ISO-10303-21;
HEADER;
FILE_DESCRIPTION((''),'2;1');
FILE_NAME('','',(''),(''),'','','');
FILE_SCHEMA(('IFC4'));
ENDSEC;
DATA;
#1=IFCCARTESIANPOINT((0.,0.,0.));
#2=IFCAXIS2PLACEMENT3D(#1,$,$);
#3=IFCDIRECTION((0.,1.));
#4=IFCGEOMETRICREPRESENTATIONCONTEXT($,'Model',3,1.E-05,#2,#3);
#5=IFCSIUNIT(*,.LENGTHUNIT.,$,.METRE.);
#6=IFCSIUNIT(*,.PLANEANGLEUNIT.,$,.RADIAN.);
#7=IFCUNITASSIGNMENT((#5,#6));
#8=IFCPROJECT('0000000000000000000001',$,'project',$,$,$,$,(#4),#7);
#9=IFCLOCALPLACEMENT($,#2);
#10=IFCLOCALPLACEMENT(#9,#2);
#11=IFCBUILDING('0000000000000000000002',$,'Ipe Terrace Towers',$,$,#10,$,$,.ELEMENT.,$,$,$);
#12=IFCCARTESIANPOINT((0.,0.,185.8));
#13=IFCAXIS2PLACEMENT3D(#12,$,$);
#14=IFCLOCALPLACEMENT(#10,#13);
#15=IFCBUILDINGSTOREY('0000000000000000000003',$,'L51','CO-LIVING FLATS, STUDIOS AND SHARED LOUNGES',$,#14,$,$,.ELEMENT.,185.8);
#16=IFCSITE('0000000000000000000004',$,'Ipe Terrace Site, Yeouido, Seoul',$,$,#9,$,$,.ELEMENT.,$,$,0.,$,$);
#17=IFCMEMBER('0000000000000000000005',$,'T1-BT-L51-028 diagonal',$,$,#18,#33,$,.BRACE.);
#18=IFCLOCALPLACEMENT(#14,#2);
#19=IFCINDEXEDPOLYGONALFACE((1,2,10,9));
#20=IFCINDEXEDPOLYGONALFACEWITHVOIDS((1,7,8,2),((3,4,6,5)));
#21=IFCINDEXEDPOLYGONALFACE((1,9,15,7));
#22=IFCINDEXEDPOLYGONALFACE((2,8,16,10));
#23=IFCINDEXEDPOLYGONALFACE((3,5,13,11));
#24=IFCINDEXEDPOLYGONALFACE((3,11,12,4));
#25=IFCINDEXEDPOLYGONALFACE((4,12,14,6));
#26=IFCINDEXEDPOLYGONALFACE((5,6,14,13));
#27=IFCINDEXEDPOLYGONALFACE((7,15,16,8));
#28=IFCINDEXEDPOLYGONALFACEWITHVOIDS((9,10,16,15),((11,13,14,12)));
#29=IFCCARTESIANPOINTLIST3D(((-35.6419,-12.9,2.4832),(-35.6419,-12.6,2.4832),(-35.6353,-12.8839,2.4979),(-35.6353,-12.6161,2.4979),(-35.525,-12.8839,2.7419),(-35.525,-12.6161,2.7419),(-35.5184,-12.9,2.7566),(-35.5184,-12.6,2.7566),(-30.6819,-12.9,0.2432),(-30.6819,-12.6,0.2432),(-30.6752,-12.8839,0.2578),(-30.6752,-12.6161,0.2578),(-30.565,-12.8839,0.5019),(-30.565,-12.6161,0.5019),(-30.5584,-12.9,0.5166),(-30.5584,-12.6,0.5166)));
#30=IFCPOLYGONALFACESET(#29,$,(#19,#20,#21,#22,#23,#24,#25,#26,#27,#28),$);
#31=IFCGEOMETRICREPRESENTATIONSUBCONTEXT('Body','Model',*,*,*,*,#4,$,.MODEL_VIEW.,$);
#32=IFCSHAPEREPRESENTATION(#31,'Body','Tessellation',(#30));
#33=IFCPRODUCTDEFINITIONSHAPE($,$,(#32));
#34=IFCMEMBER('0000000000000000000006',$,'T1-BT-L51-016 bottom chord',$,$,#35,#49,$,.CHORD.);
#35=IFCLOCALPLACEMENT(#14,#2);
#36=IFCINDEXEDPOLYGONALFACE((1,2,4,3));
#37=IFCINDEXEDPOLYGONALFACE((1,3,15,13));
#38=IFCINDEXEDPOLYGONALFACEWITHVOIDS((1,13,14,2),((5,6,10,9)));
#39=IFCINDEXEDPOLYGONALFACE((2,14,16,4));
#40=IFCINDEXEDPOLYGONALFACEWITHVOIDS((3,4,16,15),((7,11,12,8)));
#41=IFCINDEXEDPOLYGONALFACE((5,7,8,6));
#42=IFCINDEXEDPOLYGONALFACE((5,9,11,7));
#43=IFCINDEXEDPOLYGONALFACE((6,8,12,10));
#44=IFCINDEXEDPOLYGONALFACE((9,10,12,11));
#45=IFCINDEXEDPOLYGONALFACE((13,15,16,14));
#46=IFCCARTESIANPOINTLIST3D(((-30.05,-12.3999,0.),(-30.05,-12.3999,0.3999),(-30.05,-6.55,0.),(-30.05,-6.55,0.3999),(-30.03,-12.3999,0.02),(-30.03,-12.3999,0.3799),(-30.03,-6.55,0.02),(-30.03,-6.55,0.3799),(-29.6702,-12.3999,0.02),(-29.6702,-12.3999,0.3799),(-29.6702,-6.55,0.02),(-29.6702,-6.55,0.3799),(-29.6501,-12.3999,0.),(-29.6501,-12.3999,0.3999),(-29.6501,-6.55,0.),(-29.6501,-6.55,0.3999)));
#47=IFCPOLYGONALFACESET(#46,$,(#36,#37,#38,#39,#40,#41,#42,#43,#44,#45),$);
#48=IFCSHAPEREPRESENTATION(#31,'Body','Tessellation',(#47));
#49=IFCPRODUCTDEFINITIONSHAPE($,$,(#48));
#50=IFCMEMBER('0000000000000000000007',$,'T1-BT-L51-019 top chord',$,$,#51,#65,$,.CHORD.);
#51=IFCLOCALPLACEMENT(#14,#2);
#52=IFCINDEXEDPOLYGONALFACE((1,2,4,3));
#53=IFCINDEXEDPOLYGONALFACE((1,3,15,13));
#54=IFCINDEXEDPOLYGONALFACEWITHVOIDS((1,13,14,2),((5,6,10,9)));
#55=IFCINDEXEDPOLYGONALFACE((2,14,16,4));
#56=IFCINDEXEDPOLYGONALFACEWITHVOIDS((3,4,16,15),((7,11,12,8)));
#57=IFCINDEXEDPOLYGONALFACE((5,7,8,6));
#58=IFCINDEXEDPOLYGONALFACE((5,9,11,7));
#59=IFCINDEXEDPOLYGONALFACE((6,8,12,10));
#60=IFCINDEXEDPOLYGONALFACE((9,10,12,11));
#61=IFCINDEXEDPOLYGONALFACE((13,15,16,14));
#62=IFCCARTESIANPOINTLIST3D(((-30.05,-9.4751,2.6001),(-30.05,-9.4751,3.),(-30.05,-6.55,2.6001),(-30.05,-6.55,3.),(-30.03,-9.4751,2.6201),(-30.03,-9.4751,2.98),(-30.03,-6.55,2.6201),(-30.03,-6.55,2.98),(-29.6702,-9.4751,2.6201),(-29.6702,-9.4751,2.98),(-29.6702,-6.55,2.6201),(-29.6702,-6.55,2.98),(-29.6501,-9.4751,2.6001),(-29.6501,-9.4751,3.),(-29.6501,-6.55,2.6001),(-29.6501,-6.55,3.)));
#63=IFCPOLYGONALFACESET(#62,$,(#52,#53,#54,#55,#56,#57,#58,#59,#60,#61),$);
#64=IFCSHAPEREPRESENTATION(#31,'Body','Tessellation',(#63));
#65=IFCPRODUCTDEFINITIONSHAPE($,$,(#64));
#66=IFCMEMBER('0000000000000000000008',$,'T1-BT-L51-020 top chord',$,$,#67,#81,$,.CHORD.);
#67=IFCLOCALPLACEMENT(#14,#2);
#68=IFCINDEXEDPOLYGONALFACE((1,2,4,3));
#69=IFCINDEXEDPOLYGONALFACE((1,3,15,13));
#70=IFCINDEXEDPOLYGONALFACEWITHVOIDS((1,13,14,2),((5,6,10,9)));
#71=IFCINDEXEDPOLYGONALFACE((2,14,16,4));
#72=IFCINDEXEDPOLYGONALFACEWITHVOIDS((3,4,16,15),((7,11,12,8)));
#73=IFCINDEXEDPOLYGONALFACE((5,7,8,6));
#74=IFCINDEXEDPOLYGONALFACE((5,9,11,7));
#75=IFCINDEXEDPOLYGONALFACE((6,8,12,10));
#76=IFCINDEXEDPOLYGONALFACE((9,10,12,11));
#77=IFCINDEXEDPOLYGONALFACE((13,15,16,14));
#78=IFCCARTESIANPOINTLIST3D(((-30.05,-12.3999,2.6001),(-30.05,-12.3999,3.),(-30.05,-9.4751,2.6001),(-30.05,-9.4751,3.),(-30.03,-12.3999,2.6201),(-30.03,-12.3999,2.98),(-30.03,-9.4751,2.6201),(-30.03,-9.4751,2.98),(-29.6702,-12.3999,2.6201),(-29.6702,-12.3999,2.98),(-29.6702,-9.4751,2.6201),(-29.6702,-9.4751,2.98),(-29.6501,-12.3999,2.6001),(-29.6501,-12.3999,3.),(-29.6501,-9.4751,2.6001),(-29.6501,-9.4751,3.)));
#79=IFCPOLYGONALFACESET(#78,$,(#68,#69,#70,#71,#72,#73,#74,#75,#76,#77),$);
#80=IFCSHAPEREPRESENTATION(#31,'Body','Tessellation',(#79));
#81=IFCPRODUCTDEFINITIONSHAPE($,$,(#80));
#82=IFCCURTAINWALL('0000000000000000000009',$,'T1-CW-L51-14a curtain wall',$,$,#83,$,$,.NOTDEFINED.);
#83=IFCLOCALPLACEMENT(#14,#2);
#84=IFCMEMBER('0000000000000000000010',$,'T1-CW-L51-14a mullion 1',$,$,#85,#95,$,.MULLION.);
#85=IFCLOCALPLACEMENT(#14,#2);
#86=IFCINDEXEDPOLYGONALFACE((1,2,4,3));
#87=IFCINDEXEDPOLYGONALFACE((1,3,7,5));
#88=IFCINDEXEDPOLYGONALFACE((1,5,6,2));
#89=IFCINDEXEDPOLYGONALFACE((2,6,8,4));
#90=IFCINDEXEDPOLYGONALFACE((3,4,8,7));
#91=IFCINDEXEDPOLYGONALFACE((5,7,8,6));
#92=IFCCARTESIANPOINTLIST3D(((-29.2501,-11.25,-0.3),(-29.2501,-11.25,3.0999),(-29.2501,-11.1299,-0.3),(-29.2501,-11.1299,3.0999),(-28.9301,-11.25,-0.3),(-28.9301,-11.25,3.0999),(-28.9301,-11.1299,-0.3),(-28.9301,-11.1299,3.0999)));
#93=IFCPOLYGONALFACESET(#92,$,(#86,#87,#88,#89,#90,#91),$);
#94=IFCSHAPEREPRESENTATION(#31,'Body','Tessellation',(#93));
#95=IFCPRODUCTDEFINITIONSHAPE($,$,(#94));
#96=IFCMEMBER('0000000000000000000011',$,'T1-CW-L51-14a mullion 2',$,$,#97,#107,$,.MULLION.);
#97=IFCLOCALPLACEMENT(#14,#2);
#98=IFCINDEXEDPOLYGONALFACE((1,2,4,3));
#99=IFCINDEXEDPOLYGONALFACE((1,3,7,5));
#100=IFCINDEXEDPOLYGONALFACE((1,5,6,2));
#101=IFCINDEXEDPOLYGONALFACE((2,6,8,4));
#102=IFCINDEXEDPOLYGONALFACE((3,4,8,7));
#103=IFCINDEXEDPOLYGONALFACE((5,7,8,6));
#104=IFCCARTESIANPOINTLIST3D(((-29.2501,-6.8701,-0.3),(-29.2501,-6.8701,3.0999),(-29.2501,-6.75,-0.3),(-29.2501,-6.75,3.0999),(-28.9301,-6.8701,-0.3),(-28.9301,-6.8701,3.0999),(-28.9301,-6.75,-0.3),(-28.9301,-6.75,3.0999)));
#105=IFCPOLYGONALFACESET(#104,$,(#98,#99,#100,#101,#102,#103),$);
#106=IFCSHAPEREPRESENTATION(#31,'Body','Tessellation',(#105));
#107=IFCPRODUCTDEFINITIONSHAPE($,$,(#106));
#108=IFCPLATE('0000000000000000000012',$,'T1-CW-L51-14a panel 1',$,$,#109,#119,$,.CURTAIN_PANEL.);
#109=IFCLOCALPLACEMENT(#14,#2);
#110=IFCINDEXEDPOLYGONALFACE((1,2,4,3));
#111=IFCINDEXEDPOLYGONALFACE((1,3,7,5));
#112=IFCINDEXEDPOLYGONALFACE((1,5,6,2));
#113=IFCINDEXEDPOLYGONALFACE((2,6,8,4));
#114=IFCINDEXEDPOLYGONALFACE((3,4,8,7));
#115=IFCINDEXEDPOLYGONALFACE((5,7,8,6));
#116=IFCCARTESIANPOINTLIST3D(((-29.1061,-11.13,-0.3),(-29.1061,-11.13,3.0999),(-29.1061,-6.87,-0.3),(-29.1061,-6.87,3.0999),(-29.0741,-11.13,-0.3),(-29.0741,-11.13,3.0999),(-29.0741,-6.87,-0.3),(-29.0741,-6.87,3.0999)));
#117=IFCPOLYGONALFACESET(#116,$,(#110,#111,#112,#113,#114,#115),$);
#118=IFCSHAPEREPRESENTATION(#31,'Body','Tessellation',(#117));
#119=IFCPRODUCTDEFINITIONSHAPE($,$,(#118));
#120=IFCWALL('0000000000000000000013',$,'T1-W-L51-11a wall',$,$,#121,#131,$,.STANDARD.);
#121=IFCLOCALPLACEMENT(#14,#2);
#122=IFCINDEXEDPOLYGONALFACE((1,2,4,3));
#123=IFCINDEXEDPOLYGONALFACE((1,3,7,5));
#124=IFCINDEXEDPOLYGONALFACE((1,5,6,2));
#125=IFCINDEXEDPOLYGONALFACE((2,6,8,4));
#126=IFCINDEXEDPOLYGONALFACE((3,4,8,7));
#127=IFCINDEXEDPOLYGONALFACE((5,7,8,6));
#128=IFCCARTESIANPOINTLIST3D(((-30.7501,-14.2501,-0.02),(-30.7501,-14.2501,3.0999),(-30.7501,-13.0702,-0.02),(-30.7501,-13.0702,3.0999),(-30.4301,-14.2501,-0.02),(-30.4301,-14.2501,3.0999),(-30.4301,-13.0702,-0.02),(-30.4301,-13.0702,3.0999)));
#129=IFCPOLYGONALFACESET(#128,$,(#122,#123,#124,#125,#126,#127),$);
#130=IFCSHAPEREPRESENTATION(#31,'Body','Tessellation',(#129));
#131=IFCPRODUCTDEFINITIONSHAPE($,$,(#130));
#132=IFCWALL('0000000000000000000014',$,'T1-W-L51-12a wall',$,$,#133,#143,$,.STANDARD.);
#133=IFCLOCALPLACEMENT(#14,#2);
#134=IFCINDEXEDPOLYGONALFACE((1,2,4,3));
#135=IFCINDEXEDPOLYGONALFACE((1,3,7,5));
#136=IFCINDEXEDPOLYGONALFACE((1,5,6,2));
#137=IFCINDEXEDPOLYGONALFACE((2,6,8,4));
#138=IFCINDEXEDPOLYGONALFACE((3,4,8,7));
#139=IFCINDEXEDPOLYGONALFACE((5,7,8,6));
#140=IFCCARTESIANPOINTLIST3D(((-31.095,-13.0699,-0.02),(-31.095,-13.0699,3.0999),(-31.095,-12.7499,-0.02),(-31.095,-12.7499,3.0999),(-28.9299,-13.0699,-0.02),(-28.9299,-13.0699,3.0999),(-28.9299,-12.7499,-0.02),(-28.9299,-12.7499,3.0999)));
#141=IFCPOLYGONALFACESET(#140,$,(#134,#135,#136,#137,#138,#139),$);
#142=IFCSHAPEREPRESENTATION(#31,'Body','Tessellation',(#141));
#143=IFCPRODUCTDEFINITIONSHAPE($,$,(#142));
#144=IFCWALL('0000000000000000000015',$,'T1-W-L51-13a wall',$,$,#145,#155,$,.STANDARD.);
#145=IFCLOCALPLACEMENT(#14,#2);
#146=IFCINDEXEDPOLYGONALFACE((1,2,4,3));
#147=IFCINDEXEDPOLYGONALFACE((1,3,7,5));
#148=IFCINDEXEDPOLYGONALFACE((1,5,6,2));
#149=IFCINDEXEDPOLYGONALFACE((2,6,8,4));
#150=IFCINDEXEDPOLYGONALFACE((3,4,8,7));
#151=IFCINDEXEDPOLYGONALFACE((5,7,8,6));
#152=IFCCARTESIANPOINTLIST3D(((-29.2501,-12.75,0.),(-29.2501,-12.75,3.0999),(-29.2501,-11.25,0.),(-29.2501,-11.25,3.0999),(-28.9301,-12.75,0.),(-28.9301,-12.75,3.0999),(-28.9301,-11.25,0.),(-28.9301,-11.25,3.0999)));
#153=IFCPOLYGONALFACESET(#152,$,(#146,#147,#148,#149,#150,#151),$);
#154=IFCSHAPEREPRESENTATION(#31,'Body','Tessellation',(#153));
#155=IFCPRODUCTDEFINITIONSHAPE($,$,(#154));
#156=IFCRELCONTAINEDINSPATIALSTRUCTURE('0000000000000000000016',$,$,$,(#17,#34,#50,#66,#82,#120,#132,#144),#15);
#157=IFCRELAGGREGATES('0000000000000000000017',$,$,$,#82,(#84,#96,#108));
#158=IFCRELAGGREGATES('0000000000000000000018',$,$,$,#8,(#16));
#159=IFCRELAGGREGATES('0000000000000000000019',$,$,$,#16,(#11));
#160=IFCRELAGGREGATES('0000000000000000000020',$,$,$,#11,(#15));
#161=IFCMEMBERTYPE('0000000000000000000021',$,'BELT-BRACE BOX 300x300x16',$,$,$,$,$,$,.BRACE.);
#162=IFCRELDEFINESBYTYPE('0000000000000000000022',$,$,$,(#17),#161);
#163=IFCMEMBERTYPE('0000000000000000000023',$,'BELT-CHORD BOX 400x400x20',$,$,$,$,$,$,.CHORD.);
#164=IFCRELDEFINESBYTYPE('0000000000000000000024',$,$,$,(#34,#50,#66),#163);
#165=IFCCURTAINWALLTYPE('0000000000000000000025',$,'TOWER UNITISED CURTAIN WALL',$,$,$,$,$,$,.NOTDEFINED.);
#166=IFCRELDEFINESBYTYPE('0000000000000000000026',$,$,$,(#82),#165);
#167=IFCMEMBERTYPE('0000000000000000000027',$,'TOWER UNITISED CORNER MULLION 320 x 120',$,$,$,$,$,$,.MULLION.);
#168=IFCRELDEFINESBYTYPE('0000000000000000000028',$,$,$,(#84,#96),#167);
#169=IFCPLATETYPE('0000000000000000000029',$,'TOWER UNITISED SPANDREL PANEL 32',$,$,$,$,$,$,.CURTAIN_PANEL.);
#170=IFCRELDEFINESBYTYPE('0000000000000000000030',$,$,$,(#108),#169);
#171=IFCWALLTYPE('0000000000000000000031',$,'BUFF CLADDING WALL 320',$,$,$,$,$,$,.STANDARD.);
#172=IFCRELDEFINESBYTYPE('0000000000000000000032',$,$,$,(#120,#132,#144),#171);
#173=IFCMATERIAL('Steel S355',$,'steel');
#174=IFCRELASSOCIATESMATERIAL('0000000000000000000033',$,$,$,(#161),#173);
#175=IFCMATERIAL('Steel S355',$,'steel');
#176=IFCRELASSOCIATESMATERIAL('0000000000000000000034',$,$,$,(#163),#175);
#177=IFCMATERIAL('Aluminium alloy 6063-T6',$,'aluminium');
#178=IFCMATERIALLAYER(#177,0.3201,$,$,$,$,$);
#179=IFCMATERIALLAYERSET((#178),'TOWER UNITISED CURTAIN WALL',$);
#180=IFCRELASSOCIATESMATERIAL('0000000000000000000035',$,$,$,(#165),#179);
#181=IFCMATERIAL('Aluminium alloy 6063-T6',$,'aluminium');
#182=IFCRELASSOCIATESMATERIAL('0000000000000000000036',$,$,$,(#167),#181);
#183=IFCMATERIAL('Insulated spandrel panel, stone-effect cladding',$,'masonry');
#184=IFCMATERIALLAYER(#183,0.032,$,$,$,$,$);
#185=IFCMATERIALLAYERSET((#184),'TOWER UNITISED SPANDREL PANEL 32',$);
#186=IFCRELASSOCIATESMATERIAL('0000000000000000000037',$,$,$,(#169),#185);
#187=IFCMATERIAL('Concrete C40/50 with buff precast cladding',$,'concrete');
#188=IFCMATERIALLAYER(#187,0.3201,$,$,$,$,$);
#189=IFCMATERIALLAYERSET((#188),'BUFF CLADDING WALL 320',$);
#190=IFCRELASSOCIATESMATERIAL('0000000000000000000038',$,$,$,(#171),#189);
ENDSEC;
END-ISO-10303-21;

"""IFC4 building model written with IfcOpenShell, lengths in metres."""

from ifc_helpers import new_model, si_unit, direction, frame, frame_2d, origin, origin_2d, place, context, subcontext, project, spatial, rectangle, hollow_rectangle, extrude, material, layer, layer_set, material_profile, profile_set, type_object, element, aggregate, save


model = new_model("IFC4")

# Units and contexts
model_context = context("Model", 3, precision=1e-05, world=origin(), true_north=direction((0.0, 1.0)))
body_context = subcontext(model_context, "Body", "Model", "MODEL_VIEW")
ifc_project = project(units=[si_unit("LENGTHUNIT", "METRE"), si_unit("PLANEANGLEUNIT", "RADIAN")], contexts=[model_context])

# Site, building, storey
site_placement = place(None, origin())
site = spatial("IfcSite", under=ifc_project, at=site_placement, Name="Ipe Terrace Site, Yeouido, Seoul", CompositionType="ELEMENT", RefElevation=0.0)
building_placement = place(site_placement, origin())
building = spatial("IfcBuilding", under=site, at=building_placement, Name="Ipe Terrace Towers", CompositionType="ELEMENT")
storey_placement = place(building_placement, frame((0.0, 0.0, 185.8)))
storey = spatial("IfcBuildingStorey", under=building, at=storey_placement, Name="L51", Description="CO-LIVING FLATS, STUDIOS AND SHARED LOUNGES", CompositionType="ELEMENT", Elevation=185.8)

# Members
ifc_material_1 = material(Name="Steel S355", Category="steel")
ifc_material_profile_1 = material_profile(ifc_material_1, hollow_rectangle(XDim=0.3, YDim=0.3, WallThickness=0.0161, at=origin_2d()), Name="BELT-BRACE BOX 300x300x16")
ifc_profile_set_1 = profile_set([ifc_material_profile_1], Name="Steel S355")
member_type_1 = type_object("IfcMemberType", Name="BELT-BRACE BOX 300x300x16", PredefinedType="BRACE", material=ifc_profile_set_1)
member_1_placement = place(storey_placement, frame((-30.6201, -12.75, 0.3799), z_axis=(-0.91137, 0.0, 0.411588), x_axis=(0.0, -1.0, 0.0)))
element("IfcMember", 1, at=member_1_placement, inside=storey, type_object=member_type_1, Name="T1-BT-L51-028 diagonal", PredefinedType="BRACE", context=body_context, shape_type="SweptSolid", body=[
    extrude(hollow_rectangle(XDim=0.3, YDim=0.3, WallThickness=0.0161, at=origin_2d()), origin(), (0.0, 0.0, 1.0), 5.4424),
])
ifc_material_2 = material(Name="Steel S355", Category="steel")
ifc_material_profile_2 = material_profile(ifc_material_2, hollow_rectangle(XDim=0.3999, YDim=0.3999, WallThickness=0.02, at=origin_2d()), Name="BELT-CHORD BOX 400x400x20")
ifc_profile_set_2 = profile_set([ifc_material_profile_2], Name="Steel S355")
member_type_2 = type_object("IfcMemberType", Name="BELT-CHORD BOX 400x400x20", PredefinedType="CHORD", material=ifc_profile_set_2)
member_2_placement = place(storey_placement, frame((-29.8501, -6.55, 0.2), z_axis=(0.0, -1.0, 0.0), x_axis=(1.0, 0.0, 0.0)))
element("IfcMember", 2, at=member_2_placement, inside=storey, type_object=member_type_2, Name="T1-BT-L51-016 bottom chord", PredefinedType="CHORD", context=body_context, shape_type="SweptSolid", body=[
    extrude(hollow_rectangle(XDim=0.3999, YDim=0.3999, WallThickness=0.02, at=origin_2d()), origin(), (0.0, 0.0, 1.0), 5.8499),
])
member_3_placement = place(storey_placement, frame((-29.8501, -6.55, 2.8), z_axis=(0.0, -1.0, 0.0), x_axis=(1.0, 0.0, 0.0)))
element("IfcMember", 3, at=member_3_placement, inside=storey, type_object=member_type_2, Name="T1-BT-L51-019 top chord", PredefinedType="CHORD", context=body_context, shape_type="SweptSolid", body=[
    extrude(hollow_rectangle(XDim=0.3999, YDim=0.3999, WallThickness=0.02, at=origin_2d()), origin(), (0.0, 0.0, 1.0), 2.925),
])
member_4_placement = place(storey_placement, frame((-29.8501, -9.4751, 2.8), z_axis=(0.0, -1.0, 0.0), x_axis=(1.0, 0.0, 0.0)))
element("IfcMember", 4, at=member_4_placement, inside=storey, type_object=member_type_2, Name="T1-BT-L51-020 top chord", PredefinedType="CHORD", context=body_context, shape_type="SweptSolid", body=[
    extrude(hollow_rectangle(XDim=0.3999, YDim=0.3999, WallThickness=0.02, at=origin_2d()), origin(), (0.0, 0.0, 1.0), 2.9248),
])

# Curtain wall, members, plate
ifc_material_3 = material(Name="Aluminium alloy 6063-T6", Category="aluminium")
ifc_layer_1 = layer(ifc_material_3, 0.3201)
ifc_layer_set_1 = layer_set([ifc_layer_1], Name="TOWER UNITISED CURTAIN WALL")
curtain_wall_type = type_object("IfcCurtainWallType", Name="TOWER UNITISED CURTAIN WALL", PredefinedType="NOTDEFINED", material=ifc_layer_set_1)
curtain_wall_placement = place(storey_placement, origin())
curtain_wall = element("IfcCurtainWall", 5, at=curtain_wall_placement, inside=storey, type_object=curtain_wall_type, Name="T1-CW-L51-14a curtain wall", PredefinedType="NOTDEFINED")
ifc_material_4 = material(Name="Aluminium alloy 6063-T6", Category="aluminium")
ifc_material_profile_3 = material_profile(ifc_material_4, rectangle(XDim=0.3201, YDim=0.1201, at=origin_2d()), Name="TOWER UNITISED CORNER MULLION 320 x 120")
ifc_profile_set_3 = profile_set([ifc_material_profile_3], Name="Aluminium alloy 6063-T6")
member_type_3 = type_object("IfcMemberType", Name="TOWER UNITISED CORNER MULLION 320 x 120", PredefinedType="MULLION", material=ifc_profile_set_3)
member_5_placement = place(storey_placement, frame((-29.0901, -11.1899, -0.3), z_axis=(0.0, 0.0, 1.0), x_axis=(1.0, 0.0, 0.0)))
member_5 = element("IfcMember", 6, at=member_5_placement, type_object=member_type_3, Name="T1-CW-L51-14a mullion 1", PredefinedType="MULLION", context=body_context, shape_type="SweptSolid", body=[
    extrude(rectangle(XDim=0.3201, YDim=0.1201, at=origin_2d()), origin(), (0.0, 0.0, 1.0), 3.3999),
])
member_6_placement = place(storey_placement, frame((-29.0901, -6.8101, -0.3), z_axis=(0.0, 0.0, 1.0), x_axis=(1.0, 0.0, 0.0)))
member_6 = element("IfcMember", 7, at=member_6_placement, type_object=member_type_3, Name="T1-CW-L51-14a mullion 2", PredefinedType="MULLION", context=body_context, shape_type="SweptSolid", body=[
    extrude(rectangle(XDim=0.3201, YDim=0.1201, at=origin_2d()), origin(), (0.0, 0.0, 1.0), 3.3999),
])
ifc_material_5 = material(Name="Insulated spandrel panel, stone-effect cladding", Category="masonry")
ifc_layer_2 = layer(ifc_material_5, 0.032)
ifc_layer_set_2 = layer_set([ifc_layer_2], Name="TOWER UNITISED SPANDREL PANEL 32")
plate_type = type_object("IfcPlateType", Name="TOWER UNITISED SPANDREL PANEL 32", PredefinedType="CURTAIN_PANEL", material=ifc_layer_set_2)
plate_placement = place(storey_placement, frame((-29.0901, -9.0, -0.3), z_axis=(0.0, 0.0, 1.0), x_axis=(0.0, 1.0, 0.0)))
plate = element("IfcPlate", 8, at=plate_placement, type_object=plate_type, Name="T1-CW-L51-14a panel 1", PredefinedType="CURTAIN_PANEL", context=body_context, shape_type="SweptSolid", body=[
    extrude(rectangle(XDim=4.26, YDim=0.032, at=origin_2d()), origin(), (0.0, 0.0, 1.0), 3.3999),
])
aggregate(curtain_wall, [member_5, member_6, plate])

# Walls
ifc_material_6 = material(Name="Concrete C40/50 with buff precast cladding", Category="concrete")
ifc_layer_3 = layer(ifc_material_6, 0.3201)
ifc_layer_set_3 = layer_set([ifc_layer_3], Name="BUFF CLADDING WALL 320")
wall_type_1 = type_object("IfcWallType", Name="BUFF CLADDING WALL 320", PredefinedType="STANDARD", material=ifc_layer_set_3)
wall_1_placement = place(storey_placement, frame((-30.5901, -14.25, -0.02), z_axis=(0.0, 0.0, 1.0), x_axis=(0.0, 1.0, 0.0)))
element("IfcWall", 9, at=wall_1_placement, inside=storey, type_object=wall_type_1, Name="T1-W-L51-11a wall", PredefinedType="STANDARD", context=body_context, shape_type="SweptSolid", body=[
    extrude(rectangle(XDim=1.1799, YDim=0.3201, at=frame_2d((0.5898, 0.0))), origin(), (0.0, 0.0, 1.0), 3.1199),
])
wall_2_placement = place(storey_placement, frame((-31.095, -12.9099, -0.02), z_axis=(0.0, 0.0, 1.0), x_axis=(1.0, 0.0, 0.0)))
element("IfcWall", 10, at=wall_2_placement, inside=storey, type_object=wall_type_1, Name="T1-W-L51-12a wall", PredefinedType="STANDARD", context=body_context, shape_type="SweptSolid", body=[
    extrude(rectangle(XDim=2.165, YDim=0.3201, at=frame_2d((1.0825, 0.0))), origin(), (0.0, 0.0, 1.0), 3.1199),
])
wall_3_placement = place(storey_placement, frame((-29.0901, -12.75, 0.0), z_axis=(0.0, 0.0, 1.0), x_axis=(0.0, 1.0, 0.0)))
element("IfcWall", 11, at=wall_3_placement, inside=storey, type_object=wall_type_1, Name="T1-W-L51-13a wall", PredefinedType="STANDARD", context=body_context, shape_type="SweptSolid", body=[
    extrude(rectangle(XDim=1.5, YDim=0.3201, at=frame_2d((0.75, 0.0))), origin(), (0.0, 0.0, 1.0), 3.0999),
])

save(model, "model.ifc")
